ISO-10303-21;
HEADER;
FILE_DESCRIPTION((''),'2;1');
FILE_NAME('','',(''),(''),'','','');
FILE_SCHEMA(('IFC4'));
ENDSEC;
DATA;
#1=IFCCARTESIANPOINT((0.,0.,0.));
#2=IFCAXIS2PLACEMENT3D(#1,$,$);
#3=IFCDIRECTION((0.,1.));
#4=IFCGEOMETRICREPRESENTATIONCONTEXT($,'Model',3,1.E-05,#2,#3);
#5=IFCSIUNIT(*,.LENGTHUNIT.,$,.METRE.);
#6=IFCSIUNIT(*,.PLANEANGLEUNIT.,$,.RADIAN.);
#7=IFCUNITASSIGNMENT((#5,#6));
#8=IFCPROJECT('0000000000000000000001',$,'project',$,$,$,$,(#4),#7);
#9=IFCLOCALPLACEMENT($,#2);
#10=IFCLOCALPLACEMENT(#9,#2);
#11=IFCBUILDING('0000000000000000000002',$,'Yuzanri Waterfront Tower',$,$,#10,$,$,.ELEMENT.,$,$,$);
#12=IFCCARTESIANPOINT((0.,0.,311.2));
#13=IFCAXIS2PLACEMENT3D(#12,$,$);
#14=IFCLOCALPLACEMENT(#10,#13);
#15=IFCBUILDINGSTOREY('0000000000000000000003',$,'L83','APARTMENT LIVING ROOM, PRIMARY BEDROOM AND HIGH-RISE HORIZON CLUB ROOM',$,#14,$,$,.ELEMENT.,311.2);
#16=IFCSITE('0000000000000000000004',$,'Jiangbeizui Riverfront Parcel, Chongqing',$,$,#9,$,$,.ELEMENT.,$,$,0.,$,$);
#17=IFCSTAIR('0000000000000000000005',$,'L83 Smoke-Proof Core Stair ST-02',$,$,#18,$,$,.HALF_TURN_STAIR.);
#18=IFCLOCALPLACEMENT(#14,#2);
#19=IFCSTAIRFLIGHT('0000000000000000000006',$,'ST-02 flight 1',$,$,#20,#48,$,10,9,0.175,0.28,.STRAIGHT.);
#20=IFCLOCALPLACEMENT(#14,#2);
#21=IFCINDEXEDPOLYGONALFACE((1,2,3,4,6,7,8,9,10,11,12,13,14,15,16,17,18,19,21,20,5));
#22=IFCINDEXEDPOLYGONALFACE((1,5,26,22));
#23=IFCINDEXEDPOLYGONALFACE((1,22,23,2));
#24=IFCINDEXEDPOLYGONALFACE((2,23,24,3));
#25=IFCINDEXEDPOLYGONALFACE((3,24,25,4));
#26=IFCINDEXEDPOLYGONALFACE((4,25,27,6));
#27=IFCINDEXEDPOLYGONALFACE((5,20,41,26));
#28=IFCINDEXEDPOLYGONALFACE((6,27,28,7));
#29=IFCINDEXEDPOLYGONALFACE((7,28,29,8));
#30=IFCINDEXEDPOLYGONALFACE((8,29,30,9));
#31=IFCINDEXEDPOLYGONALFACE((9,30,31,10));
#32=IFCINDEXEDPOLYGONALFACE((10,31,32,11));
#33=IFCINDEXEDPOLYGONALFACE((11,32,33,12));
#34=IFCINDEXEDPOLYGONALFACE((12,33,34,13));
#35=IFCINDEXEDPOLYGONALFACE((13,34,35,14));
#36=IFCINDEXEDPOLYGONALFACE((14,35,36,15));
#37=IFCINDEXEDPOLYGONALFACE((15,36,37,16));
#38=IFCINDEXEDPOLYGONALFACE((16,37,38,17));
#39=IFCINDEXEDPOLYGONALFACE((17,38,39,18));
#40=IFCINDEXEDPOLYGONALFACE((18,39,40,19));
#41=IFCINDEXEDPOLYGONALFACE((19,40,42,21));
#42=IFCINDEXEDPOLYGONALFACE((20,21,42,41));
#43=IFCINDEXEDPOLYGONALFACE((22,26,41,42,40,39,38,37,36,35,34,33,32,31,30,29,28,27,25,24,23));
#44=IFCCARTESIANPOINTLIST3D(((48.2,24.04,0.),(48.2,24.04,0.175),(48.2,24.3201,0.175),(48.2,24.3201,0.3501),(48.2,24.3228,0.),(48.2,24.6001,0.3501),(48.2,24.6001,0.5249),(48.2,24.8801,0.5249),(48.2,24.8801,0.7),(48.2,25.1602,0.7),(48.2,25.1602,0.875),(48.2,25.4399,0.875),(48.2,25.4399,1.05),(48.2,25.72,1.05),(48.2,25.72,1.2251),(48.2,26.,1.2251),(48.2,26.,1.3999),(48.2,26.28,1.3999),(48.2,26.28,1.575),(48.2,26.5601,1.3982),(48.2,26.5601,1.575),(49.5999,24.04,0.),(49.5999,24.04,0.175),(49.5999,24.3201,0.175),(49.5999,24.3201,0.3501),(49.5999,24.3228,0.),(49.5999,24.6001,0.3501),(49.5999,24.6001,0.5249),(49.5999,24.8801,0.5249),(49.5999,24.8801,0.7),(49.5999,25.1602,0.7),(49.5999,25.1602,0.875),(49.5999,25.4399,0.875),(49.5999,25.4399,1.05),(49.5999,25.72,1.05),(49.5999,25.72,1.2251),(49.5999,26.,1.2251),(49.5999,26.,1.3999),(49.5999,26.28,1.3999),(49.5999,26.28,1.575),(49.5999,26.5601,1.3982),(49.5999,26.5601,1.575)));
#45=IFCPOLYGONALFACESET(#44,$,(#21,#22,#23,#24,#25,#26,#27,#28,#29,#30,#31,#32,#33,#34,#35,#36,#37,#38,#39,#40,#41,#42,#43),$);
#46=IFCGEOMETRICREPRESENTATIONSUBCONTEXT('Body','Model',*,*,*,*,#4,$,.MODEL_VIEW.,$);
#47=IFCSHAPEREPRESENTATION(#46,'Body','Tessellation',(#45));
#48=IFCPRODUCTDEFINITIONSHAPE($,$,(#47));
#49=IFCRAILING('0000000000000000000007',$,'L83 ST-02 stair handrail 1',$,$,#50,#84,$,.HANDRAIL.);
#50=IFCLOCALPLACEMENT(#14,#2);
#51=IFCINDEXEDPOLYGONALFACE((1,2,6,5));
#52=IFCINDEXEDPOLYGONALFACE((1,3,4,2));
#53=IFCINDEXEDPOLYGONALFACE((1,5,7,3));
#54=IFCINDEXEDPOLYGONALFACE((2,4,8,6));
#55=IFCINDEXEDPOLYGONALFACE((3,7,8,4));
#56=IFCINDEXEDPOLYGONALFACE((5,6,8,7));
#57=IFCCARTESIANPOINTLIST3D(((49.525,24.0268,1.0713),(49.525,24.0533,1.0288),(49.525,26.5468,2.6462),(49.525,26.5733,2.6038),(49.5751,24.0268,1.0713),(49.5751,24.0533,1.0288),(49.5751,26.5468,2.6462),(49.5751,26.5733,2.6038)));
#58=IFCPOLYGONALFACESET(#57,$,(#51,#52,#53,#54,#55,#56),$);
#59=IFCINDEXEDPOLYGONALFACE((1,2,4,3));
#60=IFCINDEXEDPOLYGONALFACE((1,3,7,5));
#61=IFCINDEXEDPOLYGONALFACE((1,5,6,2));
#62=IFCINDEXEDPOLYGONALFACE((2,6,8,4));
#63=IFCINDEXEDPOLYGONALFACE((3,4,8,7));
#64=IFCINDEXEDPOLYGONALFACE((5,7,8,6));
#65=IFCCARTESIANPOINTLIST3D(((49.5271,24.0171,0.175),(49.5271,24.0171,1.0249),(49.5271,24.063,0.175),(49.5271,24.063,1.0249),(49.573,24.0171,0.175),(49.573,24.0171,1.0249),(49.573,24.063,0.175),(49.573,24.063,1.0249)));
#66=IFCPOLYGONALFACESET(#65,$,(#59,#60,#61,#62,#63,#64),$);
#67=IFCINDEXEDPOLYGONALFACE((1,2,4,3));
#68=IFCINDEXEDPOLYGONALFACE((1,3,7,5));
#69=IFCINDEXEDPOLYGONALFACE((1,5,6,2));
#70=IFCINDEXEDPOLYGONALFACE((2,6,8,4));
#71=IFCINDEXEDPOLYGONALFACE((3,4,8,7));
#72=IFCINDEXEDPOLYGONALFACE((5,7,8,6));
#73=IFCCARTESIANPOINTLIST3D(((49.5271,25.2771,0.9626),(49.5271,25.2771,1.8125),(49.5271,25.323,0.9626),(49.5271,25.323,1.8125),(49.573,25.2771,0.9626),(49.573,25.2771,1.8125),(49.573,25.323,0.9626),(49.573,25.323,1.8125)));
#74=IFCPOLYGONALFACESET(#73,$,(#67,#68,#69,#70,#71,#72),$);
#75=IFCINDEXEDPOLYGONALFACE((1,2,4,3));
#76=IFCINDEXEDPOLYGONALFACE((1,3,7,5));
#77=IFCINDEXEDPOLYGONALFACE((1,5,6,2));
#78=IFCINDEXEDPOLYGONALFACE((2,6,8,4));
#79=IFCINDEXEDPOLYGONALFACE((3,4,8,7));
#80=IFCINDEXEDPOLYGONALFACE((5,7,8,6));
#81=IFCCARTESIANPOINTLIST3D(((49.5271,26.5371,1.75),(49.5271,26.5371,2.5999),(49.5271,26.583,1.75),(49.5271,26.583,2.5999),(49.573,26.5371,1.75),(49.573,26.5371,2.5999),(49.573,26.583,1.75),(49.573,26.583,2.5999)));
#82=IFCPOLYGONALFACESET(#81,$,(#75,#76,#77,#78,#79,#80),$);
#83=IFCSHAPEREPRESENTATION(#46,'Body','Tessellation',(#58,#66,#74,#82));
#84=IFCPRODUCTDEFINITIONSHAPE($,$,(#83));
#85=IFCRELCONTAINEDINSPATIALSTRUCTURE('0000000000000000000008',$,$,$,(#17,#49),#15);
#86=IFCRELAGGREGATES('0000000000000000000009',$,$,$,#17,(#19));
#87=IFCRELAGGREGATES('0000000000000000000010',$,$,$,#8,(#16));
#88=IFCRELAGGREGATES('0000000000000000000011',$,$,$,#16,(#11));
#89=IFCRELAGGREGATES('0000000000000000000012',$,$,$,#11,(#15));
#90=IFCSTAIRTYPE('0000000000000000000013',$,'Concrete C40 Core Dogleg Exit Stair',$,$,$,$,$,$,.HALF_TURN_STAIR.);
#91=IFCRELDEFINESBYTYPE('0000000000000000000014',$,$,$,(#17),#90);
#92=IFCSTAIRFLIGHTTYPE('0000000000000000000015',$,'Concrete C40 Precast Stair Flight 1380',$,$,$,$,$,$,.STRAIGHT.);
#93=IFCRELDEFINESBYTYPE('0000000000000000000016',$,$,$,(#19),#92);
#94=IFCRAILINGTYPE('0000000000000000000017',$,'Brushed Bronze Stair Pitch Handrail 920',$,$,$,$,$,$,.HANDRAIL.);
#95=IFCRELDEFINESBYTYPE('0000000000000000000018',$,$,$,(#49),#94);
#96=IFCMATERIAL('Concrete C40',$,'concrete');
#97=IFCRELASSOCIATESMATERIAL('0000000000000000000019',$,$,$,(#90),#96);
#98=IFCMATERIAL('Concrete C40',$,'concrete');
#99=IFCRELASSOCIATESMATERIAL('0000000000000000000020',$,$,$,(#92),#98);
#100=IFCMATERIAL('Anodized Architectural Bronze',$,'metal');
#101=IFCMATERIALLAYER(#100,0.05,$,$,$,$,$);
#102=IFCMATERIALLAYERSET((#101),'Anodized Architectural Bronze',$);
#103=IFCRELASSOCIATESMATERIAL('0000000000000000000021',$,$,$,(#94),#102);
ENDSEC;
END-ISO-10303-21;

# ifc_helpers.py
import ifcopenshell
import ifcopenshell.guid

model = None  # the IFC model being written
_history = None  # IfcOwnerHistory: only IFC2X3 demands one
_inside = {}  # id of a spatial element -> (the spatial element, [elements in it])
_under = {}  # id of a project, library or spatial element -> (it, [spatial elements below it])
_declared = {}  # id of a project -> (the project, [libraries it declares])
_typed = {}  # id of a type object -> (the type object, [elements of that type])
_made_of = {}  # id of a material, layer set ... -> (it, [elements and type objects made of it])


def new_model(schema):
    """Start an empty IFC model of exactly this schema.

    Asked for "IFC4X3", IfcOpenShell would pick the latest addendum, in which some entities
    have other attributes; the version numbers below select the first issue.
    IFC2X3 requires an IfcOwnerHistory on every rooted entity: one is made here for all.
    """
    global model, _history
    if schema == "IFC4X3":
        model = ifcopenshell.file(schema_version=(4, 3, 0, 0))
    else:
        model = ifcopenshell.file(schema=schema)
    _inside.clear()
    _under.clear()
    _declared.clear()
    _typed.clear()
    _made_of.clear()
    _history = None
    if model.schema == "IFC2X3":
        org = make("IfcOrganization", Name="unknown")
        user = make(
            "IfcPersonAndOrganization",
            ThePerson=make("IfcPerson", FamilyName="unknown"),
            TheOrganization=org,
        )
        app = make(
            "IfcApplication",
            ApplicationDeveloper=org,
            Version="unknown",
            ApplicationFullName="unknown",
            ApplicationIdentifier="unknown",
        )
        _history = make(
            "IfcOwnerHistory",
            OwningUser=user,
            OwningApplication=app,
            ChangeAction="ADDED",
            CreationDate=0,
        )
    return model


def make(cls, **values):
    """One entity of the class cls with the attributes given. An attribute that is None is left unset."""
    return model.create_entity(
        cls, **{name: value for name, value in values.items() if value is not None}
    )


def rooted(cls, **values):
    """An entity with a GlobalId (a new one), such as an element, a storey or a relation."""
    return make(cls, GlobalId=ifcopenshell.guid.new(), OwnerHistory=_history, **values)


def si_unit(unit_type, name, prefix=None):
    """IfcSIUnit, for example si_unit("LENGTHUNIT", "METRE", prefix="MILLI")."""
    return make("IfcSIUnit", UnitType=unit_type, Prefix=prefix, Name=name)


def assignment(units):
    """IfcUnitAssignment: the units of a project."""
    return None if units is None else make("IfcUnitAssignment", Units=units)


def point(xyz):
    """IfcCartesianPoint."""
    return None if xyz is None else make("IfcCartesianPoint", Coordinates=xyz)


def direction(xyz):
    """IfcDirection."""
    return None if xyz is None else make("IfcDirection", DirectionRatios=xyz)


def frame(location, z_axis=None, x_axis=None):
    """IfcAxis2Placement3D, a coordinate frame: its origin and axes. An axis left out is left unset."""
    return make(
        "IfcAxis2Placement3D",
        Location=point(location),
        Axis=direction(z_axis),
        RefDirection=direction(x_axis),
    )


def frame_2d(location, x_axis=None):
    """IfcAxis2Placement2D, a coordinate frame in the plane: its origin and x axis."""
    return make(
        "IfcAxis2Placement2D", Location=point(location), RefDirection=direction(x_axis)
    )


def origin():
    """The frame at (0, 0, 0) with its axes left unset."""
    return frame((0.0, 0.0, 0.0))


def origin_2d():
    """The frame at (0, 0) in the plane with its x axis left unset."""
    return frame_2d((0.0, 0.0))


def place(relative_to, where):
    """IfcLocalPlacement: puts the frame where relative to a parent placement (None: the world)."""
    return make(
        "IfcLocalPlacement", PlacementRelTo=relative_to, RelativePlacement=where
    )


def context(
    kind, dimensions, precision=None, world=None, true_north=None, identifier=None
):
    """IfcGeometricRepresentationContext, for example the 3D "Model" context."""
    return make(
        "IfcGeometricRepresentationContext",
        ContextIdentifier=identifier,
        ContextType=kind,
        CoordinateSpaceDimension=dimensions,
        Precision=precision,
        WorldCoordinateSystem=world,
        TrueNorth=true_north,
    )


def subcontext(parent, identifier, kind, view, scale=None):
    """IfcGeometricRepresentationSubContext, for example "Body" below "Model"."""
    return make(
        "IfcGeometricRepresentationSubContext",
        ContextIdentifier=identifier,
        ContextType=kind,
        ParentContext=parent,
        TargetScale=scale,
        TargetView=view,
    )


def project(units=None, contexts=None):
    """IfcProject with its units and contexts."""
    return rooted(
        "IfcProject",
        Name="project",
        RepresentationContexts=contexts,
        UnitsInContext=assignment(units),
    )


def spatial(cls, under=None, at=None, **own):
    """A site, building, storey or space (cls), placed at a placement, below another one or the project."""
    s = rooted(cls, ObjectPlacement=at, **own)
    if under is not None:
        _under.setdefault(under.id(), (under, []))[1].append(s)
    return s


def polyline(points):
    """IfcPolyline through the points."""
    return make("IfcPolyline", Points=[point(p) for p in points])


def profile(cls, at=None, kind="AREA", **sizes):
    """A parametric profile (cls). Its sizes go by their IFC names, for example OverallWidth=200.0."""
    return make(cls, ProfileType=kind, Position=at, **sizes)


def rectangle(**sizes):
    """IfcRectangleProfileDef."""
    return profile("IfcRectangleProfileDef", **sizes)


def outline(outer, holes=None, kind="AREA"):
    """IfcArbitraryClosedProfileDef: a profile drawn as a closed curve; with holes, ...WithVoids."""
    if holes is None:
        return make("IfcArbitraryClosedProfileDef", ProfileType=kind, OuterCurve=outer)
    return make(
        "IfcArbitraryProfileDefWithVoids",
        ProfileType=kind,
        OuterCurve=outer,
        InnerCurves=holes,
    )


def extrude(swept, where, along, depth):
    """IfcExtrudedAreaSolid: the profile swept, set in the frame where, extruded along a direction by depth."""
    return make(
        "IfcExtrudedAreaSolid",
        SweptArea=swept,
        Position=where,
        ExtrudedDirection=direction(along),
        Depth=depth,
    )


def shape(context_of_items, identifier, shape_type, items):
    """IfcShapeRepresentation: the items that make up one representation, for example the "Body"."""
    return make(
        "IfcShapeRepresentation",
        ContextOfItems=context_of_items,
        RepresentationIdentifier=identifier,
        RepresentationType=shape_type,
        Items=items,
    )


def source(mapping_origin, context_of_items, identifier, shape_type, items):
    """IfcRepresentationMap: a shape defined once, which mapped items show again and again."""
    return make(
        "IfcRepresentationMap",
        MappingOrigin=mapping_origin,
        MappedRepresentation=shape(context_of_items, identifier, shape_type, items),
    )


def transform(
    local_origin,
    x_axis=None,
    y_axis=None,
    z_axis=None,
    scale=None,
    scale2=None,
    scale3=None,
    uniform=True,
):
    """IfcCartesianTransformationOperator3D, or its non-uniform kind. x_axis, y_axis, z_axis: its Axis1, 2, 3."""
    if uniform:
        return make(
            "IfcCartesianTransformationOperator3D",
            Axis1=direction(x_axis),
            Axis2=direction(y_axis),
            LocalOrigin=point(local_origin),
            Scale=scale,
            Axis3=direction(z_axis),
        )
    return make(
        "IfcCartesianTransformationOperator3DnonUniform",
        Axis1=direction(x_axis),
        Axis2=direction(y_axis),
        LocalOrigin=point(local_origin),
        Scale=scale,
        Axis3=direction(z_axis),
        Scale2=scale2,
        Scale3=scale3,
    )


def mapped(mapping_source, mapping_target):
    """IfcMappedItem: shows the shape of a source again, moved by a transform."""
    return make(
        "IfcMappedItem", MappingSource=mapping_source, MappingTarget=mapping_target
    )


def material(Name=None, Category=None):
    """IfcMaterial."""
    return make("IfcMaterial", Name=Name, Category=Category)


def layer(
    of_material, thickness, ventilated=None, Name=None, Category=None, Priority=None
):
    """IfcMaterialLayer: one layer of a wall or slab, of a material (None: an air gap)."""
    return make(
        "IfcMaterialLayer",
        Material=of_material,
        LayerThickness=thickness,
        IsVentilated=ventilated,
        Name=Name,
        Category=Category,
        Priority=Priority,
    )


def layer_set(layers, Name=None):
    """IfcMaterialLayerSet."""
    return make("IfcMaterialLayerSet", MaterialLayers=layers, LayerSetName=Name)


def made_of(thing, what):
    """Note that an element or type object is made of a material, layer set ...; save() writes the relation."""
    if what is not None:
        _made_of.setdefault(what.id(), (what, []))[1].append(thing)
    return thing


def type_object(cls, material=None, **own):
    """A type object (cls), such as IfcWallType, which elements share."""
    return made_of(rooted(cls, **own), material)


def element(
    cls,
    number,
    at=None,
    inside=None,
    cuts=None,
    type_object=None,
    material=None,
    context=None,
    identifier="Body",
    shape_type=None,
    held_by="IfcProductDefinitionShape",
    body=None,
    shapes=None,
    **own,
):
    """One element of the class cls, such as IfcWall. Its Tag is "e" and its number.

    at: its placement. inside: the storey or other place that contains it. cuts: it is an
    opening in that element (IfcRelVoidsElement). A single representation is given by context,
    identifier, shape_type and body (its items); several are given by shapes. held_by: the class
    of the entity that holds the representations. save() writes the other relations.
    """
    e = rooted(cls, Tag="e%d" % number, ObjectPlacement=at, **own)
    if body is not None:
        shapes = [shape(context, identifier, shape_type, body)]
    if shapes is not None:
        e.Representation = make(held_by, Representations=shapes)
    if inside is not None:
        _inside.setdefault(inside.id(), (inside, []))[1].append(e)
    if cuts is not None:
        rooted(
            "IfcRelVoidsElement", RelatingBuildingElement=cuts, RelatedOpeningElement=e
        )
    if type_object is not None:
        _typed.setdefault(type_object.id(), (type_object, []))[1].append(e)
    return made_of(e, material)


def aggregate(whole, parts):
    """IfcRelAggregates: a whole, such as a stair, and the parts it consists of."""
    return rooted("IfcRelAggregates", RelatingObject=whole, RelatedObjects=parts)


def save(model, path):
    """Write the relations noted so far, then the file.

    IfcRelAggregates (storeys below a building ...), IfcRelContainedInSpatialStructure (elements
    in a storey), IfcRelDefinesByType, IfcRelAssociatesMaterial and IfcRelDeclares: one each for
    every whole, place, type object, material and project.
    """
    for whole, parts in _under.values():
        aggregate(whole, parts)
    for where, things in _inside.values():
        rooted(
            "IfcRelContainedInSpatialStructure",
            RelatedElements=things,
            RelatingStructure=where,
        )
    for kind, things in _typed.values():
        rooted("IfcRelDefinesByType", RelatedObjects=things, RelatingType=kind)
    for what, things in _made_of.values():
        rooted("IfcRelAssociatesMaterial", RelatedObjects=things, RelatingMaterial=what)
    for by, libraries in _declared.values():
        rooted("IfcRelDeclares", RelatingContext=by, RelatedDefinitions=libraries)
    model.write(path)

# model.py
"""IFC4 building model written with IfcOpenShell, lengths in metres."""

from ifc_helpers import new_model, si_unit, direction, frame, origin, origin_2d, place, context, subcontext, project, spatial, polyline, rectangle, outline, extrude, source, transform, mapped, material, layer, layer_set, type_object, element, aggregate, save


model = new_model("IFC4")

# Units and contexts
model_context = context("Model", 3, precision=1e-05, world=origin(), true_north=direction((0.0, 1.0)))
body_context = subcontext(model_context, "Body", "Model", "MODEL_VIEW")
ifc_project = project(units=[si_unit("LENGTHUNIT", "METRE"), si_unit("PLANEANGLEUNIT", "RADIAN")], contexts=[model_context])

# Site, building, storey
site_placement = place(None, origin())
site = spatial("IfcSite", under=ifc_project, at=site_placement, Name="Jiangbeizui Riverfront Parcel, Chongqing", CompositionType="ELEMENT", RefElevation=0.0)
building_placement = place(site_placement, origin())
building = spatial("IfcBuilding", under=site, at=building_placement, Name="Yuzanri Waterfront Tower", CompositionType="ELEMENT")
storey_placement = place(building_placement, frame((0.0, 0.0, 311.2)))
storey = spatial("IfcBuildingStorey", under=building, at=storey_placement, Name="L83", Description="APARTMENT LIVING ROOM, PRIMARY BEDROOM AND HIGH-RISE HORIZON CLUB ROOM", CompositionType="ELEMENT", Elevation=311.2)

# Stair, stair flight
ifc_material_1 = material(Name="Concrete C40", Category="concrete")
stair_type = type_object("IfcStairType", Name="Concrete C40 Core Dogleg Exit Stair", PredefinedType="HALF_TURN_STAIR", material=ifc_material_1)
stair_placement = place(storey_placement, origin())
stair = element("IfcStair", 1, at=stair_placement, inside=storey, type_object=stair_type, Name="L83 Smoke-Proof Core Stair ST-02", PredefinedType="HALF_TURN_STAIR")
ifc_material_2 = material(Name="Concrete C40", Category="concrete")
stair_flight_type = type_object("IfcStairFlightType", Name="Concrete C40 Precast Stair Flight 1380", PredefinedType="STRAIGHT", material=ifc_material_2)
shared_shape_1 = source(origin(), body_context, "Body", "SweptSolid", [
    extrude(outline(polyline([(0.0, 0.0), (0.0, 0.175), (0.28, 0.175), (0.28, 0.3501), (0.5601, 0.3501), (0.5601, 0.5249), (0.8401, 0.5249), (0.8401, 0.7), (1.1201, 0.7), (1.1201, 0.875), (1.3999, 0.875), (1.3999, 1.05), (1.6799, 1.05), (1.6799, 1.2251), (1.96, 1.2251), (1.96, 1.3999), (2.24, 1.3999), (2.24, 1.575), (2.52, 1.575), (2.52, 1.75), (2.52, 1.3982), (0.2827, 0.0), (0.0, 0.0)])), frame((0.0, 0.7, 0.0), z_axis=(0.0, -1.0, 0.0), x_axis=(1.0, 0.0, 0.0)), (0.0, 0.0, 1.0), 1.3999),
])
stair_flight_placement = place(storey_placement, frame((48.8999, 24.04, 0.0), z_axis=(0.0, 0.0, 1.0), x_axis=(0.0, 1.0, 0.0)))
stair_flight = element("IfcStairFlight", 2, at=stair_flight_placement, type_object=stair_flight_type, Name="ST-02 flight 1", NumberOfRisers=10, NumberOfTreads=9, PredefinedType="STRAIGHT", RiserHeight=0.175, TreadLength=0.28, context=body_context, shape_type="MappedRepresentation", body=[
    mapped(shared_shape_1, transform((0.0, 0.0, 0.0), scale=1.0)),
])
aggregate(stair, [stair_flight])

# Railing
ifc_material_3 = material(Name="Anodized Architectural Bronze", Category="metal")
ifc_layer_1 = layer(ifc_material_3, 0.05)
ifc_layer_set_1 = layer_set([ifc_layer_1], Name="Anodized Architectural Bronze")
railing_type = type_object("IfcRailingType", Name="Brushed Bronze Stair Pitch Handrail 920", PredefinedType="HANDRAIL", material=ifc_layer_set_1)
shared_shape_2 = source(origin(), body_context, "Body", "SweptSolid", [
    extrude(rectangle(XDim=0.05, YDim=0.05, at=origin_2d()), frame((0.0, 0.0, 0.875), z_axis=(0.0, 0.848008, 0.529984), x_axis=(-1.0, 0.0, 0.0)), (0.0, 0.0, 1.0), 2.9717),
    extrude(rectangle(XDim=0.0459, YDim=0.0459, at=origin_2d()), origin(), (0.0, 0.0, 1.0), 0.8499),
    extrude(rectangle(XDim=0.0459, YDim=0.0459, at=origin_2d()), frame((0.0, 1.26, 0.7876)), (0.0, 0.0, 1.0), 0.8499),
    extrude(rectangle(XDim=0.0459, YDim=0.0459, at=origin_2d()), frame((0.0, 2.52, 1.575)), (0.0, 0.0, 1.0), 0.8499),
])
railing_placement = place(storey_placement, frame((49.55, 24.04, 0.175)))
element("IfcRailing", 3, at=railing_placement, inside=storey, type_object=railing_type, Name="L83 ST-02 stair handrail 1", PredefinedType="HANDRAIL", context=body_context, shape_type="MappedRepresentation", body=[
    mapped(shared_shape_2, transform((0.0, 0.0, 0.0), scale=1.0)),
])

save(model, "model.ifc")
